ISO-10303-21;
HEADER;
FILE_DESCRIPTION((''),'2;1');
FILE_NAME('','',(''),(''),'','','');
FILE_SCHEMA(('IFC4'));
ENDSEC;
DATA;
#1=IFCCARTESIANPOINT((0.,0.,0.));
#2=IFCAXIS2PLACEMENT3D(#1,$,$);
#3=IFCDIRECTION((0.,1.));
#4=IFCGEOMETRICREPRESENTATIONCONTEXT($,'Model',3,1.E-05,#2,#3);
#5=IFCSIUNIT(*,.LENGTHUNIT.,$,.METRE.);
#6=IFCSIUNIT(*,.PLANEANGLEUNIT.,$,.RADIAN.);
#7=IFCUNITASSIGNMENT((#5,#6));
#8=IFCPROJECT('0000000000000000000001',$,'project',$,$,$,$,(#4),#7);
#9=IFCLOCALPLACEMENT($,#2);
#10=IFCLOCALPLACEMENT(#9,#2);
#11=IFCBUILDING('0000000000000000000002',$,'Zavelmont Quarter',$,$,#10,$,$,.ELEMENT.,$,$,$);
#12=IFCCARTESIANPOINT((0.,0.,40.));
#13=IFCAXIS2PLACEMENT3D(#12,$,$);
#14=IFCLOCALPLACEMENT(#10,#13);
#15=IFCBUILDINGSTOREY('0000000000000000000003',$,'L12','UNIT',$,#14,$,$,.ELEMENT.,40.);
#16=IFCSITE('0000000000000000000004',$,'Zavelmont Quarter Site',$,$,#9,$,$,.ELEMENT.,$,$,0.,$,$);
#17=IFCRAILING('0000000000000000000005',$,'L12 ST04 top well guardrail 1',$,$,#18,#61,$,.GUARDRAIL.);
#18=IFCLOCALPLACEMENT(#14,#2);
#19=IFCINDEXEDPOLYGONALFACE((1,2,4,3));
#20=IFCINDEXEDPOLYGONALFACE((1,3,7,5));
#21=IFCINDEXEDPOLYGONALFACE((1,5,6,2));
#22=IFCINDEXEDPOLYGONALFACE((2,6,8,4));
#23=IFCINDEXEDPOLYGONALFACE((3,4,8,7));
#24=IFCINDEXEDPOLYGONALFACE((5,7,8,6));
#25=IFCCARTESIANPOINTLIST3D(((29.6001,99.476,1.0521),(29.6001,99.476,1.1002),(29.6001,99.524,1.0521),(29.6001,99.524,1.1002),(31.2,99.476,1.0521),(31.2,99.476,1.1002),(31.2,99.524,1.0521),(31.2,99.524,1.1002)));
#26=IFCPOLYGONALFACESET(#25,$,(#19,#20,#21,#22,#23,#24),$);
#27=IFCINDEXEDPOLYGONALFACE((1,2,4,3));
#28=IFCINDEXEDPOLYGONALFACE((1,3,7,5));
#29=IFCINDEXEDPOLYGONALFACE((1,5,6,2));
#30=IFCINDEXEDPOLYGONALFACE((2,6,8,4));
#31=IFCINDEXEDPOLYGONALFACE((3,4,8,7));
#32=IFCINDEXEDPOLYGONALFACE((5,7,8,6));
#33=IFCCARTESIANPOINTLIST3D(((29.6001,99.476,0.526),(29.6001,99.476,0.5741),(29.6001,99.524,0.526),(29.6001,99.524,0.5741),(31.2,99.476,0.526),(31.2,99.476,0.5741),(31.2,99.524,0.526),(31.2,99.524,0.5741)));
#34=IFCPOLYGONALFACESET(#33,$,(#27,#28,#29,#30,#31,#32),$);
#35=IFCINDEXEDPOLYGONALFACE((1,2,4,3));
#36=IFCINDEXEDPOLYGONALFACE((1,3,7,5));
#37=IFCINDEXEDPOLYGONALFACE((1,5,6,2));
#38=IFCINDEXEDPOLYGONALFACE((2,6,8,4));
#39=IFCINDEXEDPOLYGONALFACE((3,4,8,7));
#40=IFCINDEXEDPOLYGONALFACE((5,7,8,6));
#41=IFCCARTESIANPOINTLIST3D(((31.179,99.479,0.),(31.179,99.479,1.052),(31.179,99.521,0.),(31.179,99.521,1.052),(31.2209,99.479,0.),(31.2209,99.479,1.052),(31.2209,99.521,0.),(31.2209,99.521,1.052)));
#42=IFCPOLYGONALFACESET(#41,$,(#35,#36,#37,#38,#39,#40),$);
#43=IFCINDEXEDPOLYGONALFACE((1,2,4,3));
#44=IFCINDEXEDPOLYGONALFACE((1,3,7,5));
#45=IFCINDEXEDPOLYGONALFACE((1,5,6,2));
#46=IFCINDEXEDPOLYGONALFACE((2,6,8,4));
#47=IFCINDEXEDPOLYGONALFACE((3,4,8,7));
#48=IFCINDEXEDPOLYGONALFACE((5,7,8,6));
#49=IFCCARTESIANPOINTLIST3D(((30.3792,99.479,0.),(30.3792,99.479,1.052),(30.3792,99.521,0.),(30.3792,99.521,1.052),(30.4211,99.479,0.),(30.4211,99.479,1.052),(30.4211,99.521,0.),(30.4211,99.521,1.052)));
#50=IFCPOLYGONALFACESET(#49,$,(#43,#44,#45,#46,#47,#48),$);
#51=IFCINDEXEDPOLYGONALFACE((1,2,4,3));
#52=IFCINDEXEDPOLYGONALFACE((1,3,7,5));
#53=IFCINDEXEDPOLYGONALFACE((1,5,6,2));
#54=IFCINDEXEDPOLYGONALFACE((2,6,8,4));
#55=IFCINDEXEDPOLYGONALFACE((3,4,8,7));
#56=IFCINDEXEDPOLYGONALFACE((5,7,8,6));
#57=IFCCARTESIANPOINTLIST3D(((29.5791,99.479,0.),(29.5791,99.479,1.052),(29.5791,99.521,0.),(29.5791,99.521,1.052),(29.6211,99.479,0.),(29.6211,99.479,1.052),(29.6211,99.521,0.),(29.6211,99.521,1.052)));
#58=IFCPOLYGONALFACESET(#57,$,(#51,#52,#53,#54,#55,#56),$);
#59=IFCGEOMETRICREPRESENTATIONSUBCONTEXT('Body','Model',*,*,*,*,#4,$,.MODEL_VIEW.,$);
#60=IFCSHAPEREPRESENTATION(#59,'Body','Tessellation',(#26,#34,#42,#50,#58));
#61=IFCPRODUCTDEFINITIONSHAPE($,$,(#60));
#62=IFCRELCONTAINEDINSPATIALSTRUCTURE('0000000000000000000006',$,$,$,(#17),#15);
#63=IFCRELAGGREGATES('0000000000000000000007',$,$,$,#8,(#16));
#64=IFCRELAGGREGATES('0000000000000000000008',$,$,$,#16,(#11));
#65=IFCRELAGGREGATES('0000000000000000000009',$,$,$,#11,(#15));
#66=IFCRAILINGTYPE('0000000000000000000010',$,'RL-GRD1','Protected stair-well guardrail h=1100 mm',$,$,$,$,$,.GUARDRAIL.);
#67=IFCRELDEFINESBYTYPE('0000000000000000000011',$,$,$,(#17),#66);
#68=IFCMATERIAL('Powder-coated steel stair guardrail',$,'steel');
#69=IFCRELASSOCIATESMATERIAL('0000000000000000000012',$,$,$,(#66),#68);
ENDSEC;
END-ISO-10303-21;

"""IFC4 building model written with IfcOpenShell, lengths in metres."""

from ifc_helpers import new_model, si_unit, direction, frame, origin, origin_2d, place, context, subcontext, project, spatial, rectangle, extrude, material, type_object, element, save


model = new_model("IFC4")

# Units and contexts
model_context = context("Model", 3, precision=1e-05, world=origin(), true_north=direction((0.0, 1.0)))
body_context = subcontext(model_context, "Body", "Model", "MODEL_VIEW")
ifc_project = project(units=[si_unit("LENGTHUNIT", "METRE"), si_unit("PLANEANGLEUNIT", "RADIAN")], contexts=[model_context])

# Site, building, storey
site_placement = place(None, origin())
site = spatial("IfcSite", under=ifc_project, at=site_placement, Name="Zavelmont Quarter Site", CompositionType="ELEMENT", RefElevation=0.0)
building_placement = place(site_placement, origin())
building = spatial("IfcBuilding", under=site, at=building_placement, Name="Zavelmont Quarter", CompositionType="ELEMENT")
storey_placement = place(building_placement, frame((0.0, 0.0, 40.0)))
storey = spatial("IfcBuildingStorey", under=building, at=storey_placement, Name="L12", Description="UNIT", CompositionType="ELEMENT", Elevation=40.0)

# Railing
ifc_material_1 = material(Name="Powder-coated steel stair guardrail", Category="steel")
railing_type_1 = type_object("IfcRailingType", Name="RL-GRD1", Description="Protected stair-well guardrail h=1100 mm", PredefinedType="GUARDRAIL", material=ifc_material_1)
railing_1_placement = place(storey_placement, frame((31.2, 99.5, 0.0)))
element("IfcRailing", 1, at=railing_1_placement, inside=storey, type_object=railing_type_1, Name="L12 ST04 top well guardrail 1", PredefinedType="GUARDRAIL", context=body_context, shape_type="SweptSolid", body=[
    extrude(rectangle(XDim=0.0481, YDim=0.0481, at=origin_2d()), frame((0.0, 0.0, 1.0762), z_axis=(-1.0, 0.0, 0.0), x_axis=(0.0, -1.0, 0.0)), (0.0, 0.0, 1.0), 1.5999),
    extrude(rectangle(XDim=0.0481, YDim=0.0481, at=origin_2d()), frame((0.0, 0.0, 0.55), z_axis=(-1.0, 0.0, 0.0), x_axis=(0.0, -1.0, 0.0)), (0.0, 0.0, 1.0), 1.5999),
    extrude(rectangle(XDim=0.042, YDim=0.042, at=origin_2d()), origin(), (0.0, 0.0, 1.0), 1.052),
    extrude(rectangle(XDim=0.042, YDim=0.042, at=origin_2d()), frame((-0.7998, 0.0, 0.0)), (0.0, 0.0, 1.0), 1.052),
    extrude(rectangle(XDim=0.042, YDim=0.042, at=origin_2d()), frame((-1.5999, 0.0, 0.0)), (0.0, 0.0, 1.0), 1.052),
])

save(model, "model.ifc")
